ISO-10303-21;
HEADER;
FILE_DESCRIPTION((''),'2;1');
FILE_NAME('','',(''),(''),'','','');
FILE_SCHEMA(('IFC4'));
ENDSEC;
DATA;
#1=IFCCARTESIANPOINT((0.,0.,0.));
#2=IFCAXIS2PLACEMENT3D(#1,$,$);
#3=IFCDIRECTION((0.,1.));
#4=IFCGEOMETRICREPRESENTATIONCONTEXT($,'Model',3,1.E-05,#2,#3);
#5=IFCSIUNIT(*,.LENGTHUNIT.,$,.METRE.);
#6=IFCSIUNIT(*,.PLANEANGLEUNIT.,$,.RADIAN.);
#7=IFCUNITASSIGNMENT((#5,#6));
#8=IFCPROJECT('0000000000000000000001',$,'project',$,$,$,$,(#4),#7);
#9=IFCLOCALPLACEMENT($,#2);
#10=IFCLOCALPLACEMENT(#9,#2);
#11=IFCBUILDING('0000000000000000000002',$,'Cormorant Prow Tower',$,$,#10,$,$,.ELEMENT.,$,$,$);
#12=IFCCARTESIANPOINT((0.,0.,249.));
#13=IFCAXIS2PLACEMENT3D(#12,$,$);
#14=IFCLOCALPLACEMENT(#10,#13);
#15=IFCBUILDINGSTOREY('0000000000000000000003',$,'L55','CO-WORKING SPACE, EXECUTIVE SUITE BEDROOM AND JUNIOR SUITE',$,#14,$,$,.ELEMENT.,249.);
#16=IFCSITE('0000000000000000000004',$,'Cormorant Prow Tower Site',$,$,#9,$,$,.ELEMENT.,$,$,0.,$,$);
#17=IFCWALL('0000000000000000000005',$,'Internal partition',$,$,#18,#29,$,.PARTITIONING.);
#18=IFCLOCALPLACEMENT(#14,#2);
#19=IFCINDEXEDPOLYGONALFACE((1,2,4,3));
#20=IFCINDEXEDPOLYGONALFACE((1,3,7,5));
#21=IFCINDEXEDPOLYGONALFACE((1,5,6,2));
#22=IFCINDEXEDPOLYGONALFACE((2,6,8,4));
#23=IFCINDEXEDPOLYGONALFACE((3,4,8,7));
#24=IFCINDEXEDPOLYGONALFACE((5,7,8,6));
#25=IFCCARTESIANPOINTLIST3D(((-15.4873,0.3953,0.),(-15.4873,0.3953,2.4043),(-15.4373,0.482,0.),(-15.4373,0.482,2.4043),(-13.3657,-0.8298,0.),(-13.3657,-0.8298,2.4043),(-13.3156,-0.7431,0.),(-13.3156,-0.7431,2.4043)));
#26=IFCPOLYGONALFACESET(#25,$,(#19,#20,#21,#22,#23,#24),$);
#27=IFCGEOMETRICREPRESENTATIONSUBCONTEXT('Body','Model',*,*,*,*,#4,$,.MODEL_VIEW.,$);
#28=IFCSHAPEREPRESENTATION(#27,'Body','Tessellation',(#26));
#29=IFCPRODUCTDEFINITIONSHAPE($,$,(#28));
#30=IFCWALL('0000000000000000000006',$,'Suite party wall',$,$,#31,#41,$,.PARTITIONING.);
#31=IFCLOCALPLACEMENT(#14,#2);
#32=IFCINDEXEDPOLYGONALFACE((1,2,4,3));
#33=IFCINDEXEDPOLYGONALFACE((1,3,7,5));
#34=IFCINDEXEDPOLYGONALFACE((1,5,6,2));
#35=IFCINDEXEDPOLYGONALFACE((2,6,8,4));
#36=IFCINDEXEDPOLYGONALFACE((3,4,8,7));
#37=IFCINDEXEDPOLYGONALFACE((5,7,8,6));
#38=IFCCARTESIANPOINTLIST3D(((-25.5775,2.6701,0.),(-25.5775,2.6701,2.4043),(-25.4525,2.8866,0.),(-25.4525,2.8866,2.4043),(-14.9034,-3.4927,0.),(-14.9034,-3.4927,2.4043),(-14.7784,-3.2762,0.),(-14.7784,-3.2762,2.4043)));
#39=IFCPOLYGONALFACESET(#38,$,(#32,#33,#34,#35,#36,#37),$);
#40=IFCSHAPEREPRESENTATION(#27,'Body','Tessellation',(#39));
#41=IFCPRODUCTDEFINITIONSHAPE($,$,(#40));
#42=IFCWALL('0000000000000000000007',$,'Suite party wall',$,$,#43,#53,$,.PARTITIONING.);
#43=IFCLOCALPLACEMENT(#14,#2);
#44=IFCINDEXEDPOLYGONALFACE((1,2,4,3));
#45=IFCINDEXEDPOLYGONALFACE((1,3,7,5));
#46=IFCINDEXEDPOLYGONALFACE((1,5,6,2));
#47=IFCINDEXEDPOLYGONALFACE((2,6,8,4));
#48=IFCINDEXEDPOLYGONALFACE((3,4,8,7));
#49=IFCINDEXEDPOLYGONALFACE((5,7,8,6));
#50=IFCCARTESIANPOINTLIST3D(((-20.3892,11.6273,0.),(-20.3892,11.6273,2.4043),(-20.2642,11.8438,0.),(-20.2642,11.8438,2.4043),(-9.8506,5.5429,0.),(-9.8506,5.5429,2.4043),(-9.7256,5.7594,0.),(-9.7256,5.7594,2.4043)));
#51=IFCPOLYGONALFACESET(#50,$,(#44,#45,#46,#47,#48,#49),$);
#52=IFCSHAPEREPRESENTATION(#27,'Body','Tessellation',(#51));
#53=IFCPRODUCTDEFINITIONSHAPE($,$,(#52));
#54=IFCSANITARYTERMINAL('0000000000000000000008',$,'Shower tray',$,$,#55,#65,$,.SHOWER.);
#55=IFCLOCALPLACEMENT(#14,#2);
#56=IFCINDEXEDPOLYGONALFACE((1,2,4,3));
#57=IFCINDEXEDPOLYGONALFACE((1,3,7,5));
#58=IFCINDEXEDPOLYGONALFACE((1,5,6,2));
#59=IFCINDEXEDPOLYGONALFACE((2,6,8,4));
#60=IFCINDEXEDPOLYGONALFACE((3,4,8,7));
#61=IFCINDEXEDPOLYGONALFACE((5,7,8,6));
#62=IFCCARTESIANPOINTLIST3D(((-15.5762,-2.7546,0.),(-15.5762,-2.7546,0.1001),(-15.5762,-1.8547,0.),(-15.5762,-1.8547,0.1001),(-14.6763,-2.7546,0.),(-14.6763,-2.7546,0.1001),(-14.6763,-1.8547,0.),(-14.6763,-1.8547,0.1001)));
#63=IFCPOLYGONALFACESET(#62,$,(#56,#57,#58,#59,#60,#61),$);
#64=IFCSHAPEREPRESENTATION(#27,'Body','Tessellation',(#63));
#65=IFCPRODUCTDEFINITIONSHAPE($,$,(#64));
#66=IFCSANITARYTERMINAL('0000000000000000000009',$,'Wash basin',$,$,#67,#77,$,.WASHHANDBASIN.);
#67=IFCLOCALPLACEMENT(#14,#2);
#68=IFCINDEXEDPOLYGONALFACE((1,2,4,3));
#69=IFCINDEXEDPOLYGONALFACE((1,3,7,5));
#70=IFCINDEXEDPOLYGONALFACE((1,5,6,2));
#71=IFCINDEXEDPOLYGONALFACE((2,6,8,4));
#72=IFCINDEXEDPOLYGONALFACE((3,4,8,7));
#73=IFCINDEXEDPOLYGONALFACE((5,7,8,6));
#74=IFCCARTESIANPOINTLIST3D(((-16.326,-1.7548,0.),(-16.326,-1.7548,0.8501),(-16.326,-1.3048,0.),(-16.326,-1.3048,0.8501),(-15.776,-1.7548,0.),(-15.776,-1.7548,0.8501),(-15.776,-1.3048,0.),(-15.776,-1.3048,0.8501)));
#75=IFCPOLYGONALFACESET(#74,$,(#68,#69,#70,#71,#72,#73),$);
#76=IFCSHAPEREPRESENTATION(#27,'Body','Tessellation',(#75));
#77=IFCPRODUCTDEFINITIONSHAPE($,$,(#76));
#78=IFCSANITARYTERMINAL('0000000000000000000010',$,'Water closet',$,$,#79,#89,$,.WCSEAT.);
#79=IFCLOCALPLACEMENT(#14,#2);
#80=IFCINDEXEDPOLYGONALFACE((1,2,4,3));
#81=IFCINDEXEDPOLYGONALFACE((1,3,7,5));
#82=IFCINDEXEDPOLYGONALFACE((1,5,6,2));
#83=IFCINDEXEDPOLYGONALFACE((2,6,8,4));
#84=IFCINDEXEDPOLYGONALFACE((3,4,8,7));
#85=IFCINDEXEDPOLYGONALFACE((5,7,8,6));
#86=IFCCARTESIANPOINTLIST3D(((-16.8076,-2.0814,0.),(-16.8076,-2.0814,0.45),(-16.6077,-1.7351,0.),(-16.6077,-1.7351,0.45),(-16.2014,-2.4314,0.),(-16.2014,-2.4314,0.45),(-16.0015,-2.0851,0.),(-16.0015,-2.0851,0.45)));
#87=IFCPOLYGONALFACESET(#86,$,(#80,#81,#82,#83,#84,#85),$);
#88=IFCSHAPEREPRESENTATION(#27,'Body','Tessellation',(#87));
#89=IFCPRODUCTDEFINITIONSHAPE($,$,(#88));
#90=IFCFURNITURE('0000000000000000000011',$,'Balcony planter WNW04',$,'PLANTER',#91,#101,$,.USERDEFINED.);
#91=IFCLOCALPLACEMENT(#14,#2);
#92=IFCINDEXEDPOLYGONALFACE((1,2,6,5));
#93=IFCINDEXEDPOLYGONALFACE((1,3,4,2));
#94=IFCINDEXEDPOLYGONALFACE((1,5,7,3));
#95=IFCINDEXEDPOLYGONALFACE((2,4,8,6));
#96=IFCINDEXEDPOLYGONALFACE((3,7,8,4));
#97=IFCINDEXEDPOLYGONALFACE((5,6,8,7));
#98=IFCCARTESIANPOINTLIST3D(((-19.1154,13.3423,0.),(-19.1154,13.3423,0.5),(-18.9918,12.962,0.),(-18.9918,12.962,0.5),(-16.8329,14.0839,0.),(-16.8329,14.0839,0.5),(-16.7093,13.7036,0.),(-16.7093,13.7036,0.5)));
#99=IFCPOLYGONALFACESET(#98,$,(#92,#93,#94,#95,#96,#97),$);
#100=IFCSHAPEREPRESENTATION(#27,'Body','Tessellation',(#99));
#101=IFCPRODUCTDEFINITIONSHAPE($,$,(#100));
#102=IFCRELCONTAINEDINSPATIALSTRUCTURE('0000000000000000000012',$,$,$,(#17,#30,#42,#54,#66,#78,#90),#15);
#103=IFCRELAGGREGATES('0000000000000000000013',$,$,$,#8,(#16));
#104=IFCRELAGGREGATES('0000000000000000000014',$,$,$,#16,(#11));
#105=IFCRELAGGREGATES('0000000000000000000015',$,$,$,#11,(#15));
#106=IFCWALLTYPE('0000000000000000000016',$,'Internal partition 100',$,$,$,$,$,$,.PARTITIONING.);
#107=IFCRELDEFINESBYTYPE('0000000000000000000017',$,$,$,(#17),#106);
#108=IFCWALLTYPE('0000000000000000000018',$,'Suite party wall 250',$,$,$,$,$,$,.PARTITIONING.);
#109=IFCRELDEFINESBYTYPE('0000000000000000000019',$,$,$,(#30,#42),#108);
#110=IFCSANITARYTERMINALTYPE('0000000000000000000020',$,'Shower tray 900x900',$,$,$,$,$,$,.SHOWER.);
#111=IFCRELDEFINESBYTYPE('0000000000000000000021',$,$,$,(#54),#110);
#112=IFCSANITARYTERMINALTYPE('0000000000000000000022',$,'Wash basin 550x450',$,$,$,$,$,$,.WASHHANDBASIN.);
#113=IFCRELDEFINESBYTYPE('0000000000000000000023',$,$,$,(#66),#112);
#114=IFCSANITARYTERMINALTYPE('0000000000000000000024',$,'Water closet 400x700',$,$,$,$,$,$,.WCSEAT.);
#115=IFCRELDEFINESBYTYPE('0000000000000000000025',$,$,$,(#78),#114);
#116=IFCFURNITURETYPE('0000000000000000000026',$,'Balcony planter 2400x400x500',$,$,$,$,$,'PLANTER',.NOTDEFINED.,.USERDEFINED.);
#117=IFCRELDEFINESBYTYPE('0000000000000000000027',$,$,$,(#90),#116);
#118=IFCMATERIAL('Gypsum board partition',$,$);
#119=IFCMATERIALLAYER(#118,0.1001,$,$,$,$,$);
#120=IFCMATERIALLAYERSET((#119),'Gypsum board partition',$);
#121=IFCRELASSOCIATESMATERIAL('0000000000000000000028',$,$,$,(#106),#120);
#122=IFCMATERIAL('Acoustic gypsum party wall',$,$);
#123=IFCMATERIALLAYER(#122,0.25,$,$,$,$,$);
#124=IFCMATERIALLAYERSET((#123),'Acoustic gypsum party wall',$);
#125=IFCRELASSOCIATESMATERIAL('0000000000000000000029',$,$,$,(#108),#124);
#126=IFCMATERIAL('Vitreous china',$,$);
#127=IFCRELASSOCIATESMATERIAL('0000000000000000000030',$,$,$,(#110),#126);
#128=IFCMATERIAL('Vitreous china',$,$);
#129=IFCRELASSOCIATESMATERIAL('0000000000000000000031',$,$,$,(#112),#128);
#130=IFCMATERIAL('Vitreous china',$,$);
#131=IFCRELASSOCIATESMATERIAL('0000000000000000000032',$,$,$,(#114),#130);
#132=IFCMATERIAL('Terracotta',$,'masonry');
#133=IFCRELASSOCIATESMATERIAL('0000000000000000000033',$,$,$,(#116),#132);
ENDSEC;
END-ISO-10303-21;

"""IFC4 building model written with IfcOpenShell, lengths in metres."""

from ifc_helpers import new_model, si_unit, direction, frame, frame_2d, origin, origin_2d, place, context, subcontext, project, spatial, rectangle, extrude, material, layer, layer_set, type_object, element, save


model = new_model("IFC4")

# Units and contexts
model_context = context("Model", 3, precision=1e-05, world=origin(), true_north=direction((0.0, 1.0)))
body_context = subcontext(model_context, "Body", "Model", "MODEL_VIEW")
ifc_project = project(units=[si_unit("LENGTHUNIT", "METRE"), si_unit("PLANEANGLEUNIT", "RADIAN")], contexts=[model_context])

# Site, building, storey
site_placement = place(None, origin())
site = spatial("IfcSite", under=ifc_project, at=site_placement, Name="Cormorant Prow Tower Site", CompositionType="ELEMENT", RefElevation=0.0)
building_placement = place(site_placement, origin())
building = spatial("IfcBuilding", under=site, at=building_placement, Name="Cormorant Prow Tower", CompositionType="ELEMENT")
storey_placement = place(building_placement, frame((0.0, 0.0, 249.0)))
storey = spatial("IfcBuildingStorey", under=building, at=storey_placement, Name="L55", Description="CO-WORKING SPACE, EXECUTIVE SUITE BEDROOM AND JUNIOR SUITE", CompositionType="ELEMENT", Elevation=249.0)

# Walls
ifc_material_1 = material(Name="Gypsum board partition")
ifc_layer_1 = layer(ifc_material_1, 0.1001)
ifc_layer_set_1 = layer_set([ifc_layer_1], Name="Gypsum board partition")
wall_type_1 = type_object("IfcWallType", Name="Internal partition 100", PredefinedType="PARTITIONING", material=ifc_layer_set_1)
wall_1_placement = place(storey_placement, frame((-15.4624, 0.4387, 0.0), z_axis=(0.0, 0.0, 1.0), x_axis=(0.86599, -0.500062, 0.0)))
element("IfcWall", 1, at=wall_1_placement, inside=storey, type_object=wall_type_1, Name="Internal partition", PredefinedType="PARTITIONING", context=body_context, shape_type="SweptSolid", body=[
    extrude(rectangle(XDim=2.45, YDim=0.1001, at=frame_2d((1.2251, 0.0))), origin(), (0.0, 0.0, 1.0), 2.4043),
])
ifc_material_2 = material(Name="Acoustic gypsum party wall")
ifc_layer_2 = layer(ifc_material_2, 0.25)
ifc_layer_set_2 = layer_set([ifc_layer_2], Name="Acoustic gypsum party wall")
wall_type_2 = type_object("IfcWallType", Name="Suite party wall 250", PredefinedType="PARTITIONING", material=ifc_layer_set_2)
wall_2_placement = place(storey_placement, frame((-25.5149, 2.7783, 0.0), z_axis=(0.0, 0.0, 1.0), x_axis=(0.86602, -0.50001, 0.0)))
element("IfcWall", 2, at=wall_2_placement, inside=storey, type_object=wall_type_2, Name="Suite party wall", PredefinedType="PARTITIONING", context=body_context, shape_type="SweptSolid", body=[
    extrude(rectangle(XDim=12.3254, YDim=0.25, at=frame_2d((6.1626, 0.0))), origin(), (0.0, 0.0, 1.0), 2.4043),
])
wall_3_placement = place(storey_placement, frame((-20.3267, 11.7356, 0.0), z_axis=(0.0, 0.0, 1.0), x_axis=(0.866025, -0.500001, 0.0)))
element("IfcWall", 3, at=wall_3_placement, inside=storey, type_object=wall_type_2, Name="Suite party wall", PredefinedType="PARTITIONING", context=body_context, shape_type="SweptSolid", body=[
    extrude(rectangle(XDim=12.1689, YDim=0.25, at=frame_2d((6.0845, 0.0))), origin(), (0.0, 0.0, 1.0), 2.4043),
])

# Sanitary terminals
ifc_material_3 = material(Name="Vitreous china")
sanitary_terminal_type_1 = type_object("IfcSanitaryTerminalType", Name="Shower tray 900x900", PredefinedType="SHOWER", material=ifc_material_3)
sanitary_terminal_1_placement = place(storey_placement, frame((-15.1262, -2.3047, 0.0), z_axis=(0.0, 0.0, 1.0), x_axis=(1.0, 0.0, 0.0)))
element("IfcSanitaryTerminal", 4, at=sanitary_terminal_1_placement, inside=storey, type_object=sanitary_terminal_type_1, Name="Shower tray", PredefinedType="SHOWER", context=body_context, shape_type="SweptSolid", body=[
    extrude(rectangle(XDim=0.8999, YDim=0.8999, at=origin_2d()), origin(), (0.0, 0.0, 1.0), 0.1001),
])
ifc_material_4 = material(Name="Vitreous china")
sanitary_terminal_type_2 = type_object("IfcSanitaryTerminalType", Name="Wash basin 550x450", PredefinedType="WASHHANDBASIN", material=ifc_material_4)
sanitary_terminal_2_placement = place(storey_placement, frame((-16.051, -1.5298, 0.0), z_axis=(0.0, 0.0, 1.0), x_axis=(1.0, 0.0, 0.0)))
element("IfcSanitaryTerminal", 5, at=sanitary_terminal_2_placement, inside=storey, type_object=sanitary_terminal_type_2, Name="Wash basin", PredefinedType="WASHHANDBASIN", context=body_context, shape_type="SweptSolid", body=[
    extrude(rectangle(XDim=0.55, YDim=0.45, at=origin_2d()), origin(), (0.0, 0.0, 1.0), 0.8501),
])
ifc_material_5 = material(Name="Vitreous china")
sanitary_terminal_type_3 = type_object("IfcSanitaryTerminalType", Name="Water closet 400x700", PredefinedType="WCSEAT", material=ifc_material_5)
sanitary_terminal_3_placement = place(storey_placement, frame((-16.4045, -2.0833, 0.0), z_axis=(0.0, 0.0, 1.0), x_axis=(0.5, 0.866025, 0.0)))
element("IfcSanitaryTerminal", 6, at=sanitary_terminal_3_placement, inside=storey, type_object=sanitary_terminal_type_3, Name="Water closet", PredefinedType="WCSEAT", context=body_context, shape_type="SweptSolid", body=[
    extrude(rectangle(XDim=0.3999, YDim=0.7, at=origin_2d()), origin(), (0.0, 0.0, 1.0), 0.45),
])

# Furniture
ifc_material_6 = material(Name="Terracotta", Category="masonry")
furniture_type = type_object("IfcFurnitureType", Name="Balcony planter 2400x400x500", ElementType="PLANTER", AssemblyPlace="NOTDEFINED", PredefinedType="USERDEFINED", material=ifc_material_6)
furniture_placement = place(storey_placement, frame((-17.9124, 13.5229, 0.0), z_axis=(0.0, 0.0, 1.0), x_axis=(-0.951057, -0.309017, 0.0)))
element("IfcFurniture", 7, at=furniture_placement, inside=storey, type_object=furniture_type, Name="Balcony planter WNW04", ObjectType="PLANTER", PredefinedType="USERDEFINED", context=body_context, shape_type="SweptSolid", body=[
    extrude(rectangle(XDim=2.3999, YDim=0.3999, at=origin_2d()), origin(), (0.0, 0.0, 1.0), 0.5),
])

save(model, "model.ifc")
